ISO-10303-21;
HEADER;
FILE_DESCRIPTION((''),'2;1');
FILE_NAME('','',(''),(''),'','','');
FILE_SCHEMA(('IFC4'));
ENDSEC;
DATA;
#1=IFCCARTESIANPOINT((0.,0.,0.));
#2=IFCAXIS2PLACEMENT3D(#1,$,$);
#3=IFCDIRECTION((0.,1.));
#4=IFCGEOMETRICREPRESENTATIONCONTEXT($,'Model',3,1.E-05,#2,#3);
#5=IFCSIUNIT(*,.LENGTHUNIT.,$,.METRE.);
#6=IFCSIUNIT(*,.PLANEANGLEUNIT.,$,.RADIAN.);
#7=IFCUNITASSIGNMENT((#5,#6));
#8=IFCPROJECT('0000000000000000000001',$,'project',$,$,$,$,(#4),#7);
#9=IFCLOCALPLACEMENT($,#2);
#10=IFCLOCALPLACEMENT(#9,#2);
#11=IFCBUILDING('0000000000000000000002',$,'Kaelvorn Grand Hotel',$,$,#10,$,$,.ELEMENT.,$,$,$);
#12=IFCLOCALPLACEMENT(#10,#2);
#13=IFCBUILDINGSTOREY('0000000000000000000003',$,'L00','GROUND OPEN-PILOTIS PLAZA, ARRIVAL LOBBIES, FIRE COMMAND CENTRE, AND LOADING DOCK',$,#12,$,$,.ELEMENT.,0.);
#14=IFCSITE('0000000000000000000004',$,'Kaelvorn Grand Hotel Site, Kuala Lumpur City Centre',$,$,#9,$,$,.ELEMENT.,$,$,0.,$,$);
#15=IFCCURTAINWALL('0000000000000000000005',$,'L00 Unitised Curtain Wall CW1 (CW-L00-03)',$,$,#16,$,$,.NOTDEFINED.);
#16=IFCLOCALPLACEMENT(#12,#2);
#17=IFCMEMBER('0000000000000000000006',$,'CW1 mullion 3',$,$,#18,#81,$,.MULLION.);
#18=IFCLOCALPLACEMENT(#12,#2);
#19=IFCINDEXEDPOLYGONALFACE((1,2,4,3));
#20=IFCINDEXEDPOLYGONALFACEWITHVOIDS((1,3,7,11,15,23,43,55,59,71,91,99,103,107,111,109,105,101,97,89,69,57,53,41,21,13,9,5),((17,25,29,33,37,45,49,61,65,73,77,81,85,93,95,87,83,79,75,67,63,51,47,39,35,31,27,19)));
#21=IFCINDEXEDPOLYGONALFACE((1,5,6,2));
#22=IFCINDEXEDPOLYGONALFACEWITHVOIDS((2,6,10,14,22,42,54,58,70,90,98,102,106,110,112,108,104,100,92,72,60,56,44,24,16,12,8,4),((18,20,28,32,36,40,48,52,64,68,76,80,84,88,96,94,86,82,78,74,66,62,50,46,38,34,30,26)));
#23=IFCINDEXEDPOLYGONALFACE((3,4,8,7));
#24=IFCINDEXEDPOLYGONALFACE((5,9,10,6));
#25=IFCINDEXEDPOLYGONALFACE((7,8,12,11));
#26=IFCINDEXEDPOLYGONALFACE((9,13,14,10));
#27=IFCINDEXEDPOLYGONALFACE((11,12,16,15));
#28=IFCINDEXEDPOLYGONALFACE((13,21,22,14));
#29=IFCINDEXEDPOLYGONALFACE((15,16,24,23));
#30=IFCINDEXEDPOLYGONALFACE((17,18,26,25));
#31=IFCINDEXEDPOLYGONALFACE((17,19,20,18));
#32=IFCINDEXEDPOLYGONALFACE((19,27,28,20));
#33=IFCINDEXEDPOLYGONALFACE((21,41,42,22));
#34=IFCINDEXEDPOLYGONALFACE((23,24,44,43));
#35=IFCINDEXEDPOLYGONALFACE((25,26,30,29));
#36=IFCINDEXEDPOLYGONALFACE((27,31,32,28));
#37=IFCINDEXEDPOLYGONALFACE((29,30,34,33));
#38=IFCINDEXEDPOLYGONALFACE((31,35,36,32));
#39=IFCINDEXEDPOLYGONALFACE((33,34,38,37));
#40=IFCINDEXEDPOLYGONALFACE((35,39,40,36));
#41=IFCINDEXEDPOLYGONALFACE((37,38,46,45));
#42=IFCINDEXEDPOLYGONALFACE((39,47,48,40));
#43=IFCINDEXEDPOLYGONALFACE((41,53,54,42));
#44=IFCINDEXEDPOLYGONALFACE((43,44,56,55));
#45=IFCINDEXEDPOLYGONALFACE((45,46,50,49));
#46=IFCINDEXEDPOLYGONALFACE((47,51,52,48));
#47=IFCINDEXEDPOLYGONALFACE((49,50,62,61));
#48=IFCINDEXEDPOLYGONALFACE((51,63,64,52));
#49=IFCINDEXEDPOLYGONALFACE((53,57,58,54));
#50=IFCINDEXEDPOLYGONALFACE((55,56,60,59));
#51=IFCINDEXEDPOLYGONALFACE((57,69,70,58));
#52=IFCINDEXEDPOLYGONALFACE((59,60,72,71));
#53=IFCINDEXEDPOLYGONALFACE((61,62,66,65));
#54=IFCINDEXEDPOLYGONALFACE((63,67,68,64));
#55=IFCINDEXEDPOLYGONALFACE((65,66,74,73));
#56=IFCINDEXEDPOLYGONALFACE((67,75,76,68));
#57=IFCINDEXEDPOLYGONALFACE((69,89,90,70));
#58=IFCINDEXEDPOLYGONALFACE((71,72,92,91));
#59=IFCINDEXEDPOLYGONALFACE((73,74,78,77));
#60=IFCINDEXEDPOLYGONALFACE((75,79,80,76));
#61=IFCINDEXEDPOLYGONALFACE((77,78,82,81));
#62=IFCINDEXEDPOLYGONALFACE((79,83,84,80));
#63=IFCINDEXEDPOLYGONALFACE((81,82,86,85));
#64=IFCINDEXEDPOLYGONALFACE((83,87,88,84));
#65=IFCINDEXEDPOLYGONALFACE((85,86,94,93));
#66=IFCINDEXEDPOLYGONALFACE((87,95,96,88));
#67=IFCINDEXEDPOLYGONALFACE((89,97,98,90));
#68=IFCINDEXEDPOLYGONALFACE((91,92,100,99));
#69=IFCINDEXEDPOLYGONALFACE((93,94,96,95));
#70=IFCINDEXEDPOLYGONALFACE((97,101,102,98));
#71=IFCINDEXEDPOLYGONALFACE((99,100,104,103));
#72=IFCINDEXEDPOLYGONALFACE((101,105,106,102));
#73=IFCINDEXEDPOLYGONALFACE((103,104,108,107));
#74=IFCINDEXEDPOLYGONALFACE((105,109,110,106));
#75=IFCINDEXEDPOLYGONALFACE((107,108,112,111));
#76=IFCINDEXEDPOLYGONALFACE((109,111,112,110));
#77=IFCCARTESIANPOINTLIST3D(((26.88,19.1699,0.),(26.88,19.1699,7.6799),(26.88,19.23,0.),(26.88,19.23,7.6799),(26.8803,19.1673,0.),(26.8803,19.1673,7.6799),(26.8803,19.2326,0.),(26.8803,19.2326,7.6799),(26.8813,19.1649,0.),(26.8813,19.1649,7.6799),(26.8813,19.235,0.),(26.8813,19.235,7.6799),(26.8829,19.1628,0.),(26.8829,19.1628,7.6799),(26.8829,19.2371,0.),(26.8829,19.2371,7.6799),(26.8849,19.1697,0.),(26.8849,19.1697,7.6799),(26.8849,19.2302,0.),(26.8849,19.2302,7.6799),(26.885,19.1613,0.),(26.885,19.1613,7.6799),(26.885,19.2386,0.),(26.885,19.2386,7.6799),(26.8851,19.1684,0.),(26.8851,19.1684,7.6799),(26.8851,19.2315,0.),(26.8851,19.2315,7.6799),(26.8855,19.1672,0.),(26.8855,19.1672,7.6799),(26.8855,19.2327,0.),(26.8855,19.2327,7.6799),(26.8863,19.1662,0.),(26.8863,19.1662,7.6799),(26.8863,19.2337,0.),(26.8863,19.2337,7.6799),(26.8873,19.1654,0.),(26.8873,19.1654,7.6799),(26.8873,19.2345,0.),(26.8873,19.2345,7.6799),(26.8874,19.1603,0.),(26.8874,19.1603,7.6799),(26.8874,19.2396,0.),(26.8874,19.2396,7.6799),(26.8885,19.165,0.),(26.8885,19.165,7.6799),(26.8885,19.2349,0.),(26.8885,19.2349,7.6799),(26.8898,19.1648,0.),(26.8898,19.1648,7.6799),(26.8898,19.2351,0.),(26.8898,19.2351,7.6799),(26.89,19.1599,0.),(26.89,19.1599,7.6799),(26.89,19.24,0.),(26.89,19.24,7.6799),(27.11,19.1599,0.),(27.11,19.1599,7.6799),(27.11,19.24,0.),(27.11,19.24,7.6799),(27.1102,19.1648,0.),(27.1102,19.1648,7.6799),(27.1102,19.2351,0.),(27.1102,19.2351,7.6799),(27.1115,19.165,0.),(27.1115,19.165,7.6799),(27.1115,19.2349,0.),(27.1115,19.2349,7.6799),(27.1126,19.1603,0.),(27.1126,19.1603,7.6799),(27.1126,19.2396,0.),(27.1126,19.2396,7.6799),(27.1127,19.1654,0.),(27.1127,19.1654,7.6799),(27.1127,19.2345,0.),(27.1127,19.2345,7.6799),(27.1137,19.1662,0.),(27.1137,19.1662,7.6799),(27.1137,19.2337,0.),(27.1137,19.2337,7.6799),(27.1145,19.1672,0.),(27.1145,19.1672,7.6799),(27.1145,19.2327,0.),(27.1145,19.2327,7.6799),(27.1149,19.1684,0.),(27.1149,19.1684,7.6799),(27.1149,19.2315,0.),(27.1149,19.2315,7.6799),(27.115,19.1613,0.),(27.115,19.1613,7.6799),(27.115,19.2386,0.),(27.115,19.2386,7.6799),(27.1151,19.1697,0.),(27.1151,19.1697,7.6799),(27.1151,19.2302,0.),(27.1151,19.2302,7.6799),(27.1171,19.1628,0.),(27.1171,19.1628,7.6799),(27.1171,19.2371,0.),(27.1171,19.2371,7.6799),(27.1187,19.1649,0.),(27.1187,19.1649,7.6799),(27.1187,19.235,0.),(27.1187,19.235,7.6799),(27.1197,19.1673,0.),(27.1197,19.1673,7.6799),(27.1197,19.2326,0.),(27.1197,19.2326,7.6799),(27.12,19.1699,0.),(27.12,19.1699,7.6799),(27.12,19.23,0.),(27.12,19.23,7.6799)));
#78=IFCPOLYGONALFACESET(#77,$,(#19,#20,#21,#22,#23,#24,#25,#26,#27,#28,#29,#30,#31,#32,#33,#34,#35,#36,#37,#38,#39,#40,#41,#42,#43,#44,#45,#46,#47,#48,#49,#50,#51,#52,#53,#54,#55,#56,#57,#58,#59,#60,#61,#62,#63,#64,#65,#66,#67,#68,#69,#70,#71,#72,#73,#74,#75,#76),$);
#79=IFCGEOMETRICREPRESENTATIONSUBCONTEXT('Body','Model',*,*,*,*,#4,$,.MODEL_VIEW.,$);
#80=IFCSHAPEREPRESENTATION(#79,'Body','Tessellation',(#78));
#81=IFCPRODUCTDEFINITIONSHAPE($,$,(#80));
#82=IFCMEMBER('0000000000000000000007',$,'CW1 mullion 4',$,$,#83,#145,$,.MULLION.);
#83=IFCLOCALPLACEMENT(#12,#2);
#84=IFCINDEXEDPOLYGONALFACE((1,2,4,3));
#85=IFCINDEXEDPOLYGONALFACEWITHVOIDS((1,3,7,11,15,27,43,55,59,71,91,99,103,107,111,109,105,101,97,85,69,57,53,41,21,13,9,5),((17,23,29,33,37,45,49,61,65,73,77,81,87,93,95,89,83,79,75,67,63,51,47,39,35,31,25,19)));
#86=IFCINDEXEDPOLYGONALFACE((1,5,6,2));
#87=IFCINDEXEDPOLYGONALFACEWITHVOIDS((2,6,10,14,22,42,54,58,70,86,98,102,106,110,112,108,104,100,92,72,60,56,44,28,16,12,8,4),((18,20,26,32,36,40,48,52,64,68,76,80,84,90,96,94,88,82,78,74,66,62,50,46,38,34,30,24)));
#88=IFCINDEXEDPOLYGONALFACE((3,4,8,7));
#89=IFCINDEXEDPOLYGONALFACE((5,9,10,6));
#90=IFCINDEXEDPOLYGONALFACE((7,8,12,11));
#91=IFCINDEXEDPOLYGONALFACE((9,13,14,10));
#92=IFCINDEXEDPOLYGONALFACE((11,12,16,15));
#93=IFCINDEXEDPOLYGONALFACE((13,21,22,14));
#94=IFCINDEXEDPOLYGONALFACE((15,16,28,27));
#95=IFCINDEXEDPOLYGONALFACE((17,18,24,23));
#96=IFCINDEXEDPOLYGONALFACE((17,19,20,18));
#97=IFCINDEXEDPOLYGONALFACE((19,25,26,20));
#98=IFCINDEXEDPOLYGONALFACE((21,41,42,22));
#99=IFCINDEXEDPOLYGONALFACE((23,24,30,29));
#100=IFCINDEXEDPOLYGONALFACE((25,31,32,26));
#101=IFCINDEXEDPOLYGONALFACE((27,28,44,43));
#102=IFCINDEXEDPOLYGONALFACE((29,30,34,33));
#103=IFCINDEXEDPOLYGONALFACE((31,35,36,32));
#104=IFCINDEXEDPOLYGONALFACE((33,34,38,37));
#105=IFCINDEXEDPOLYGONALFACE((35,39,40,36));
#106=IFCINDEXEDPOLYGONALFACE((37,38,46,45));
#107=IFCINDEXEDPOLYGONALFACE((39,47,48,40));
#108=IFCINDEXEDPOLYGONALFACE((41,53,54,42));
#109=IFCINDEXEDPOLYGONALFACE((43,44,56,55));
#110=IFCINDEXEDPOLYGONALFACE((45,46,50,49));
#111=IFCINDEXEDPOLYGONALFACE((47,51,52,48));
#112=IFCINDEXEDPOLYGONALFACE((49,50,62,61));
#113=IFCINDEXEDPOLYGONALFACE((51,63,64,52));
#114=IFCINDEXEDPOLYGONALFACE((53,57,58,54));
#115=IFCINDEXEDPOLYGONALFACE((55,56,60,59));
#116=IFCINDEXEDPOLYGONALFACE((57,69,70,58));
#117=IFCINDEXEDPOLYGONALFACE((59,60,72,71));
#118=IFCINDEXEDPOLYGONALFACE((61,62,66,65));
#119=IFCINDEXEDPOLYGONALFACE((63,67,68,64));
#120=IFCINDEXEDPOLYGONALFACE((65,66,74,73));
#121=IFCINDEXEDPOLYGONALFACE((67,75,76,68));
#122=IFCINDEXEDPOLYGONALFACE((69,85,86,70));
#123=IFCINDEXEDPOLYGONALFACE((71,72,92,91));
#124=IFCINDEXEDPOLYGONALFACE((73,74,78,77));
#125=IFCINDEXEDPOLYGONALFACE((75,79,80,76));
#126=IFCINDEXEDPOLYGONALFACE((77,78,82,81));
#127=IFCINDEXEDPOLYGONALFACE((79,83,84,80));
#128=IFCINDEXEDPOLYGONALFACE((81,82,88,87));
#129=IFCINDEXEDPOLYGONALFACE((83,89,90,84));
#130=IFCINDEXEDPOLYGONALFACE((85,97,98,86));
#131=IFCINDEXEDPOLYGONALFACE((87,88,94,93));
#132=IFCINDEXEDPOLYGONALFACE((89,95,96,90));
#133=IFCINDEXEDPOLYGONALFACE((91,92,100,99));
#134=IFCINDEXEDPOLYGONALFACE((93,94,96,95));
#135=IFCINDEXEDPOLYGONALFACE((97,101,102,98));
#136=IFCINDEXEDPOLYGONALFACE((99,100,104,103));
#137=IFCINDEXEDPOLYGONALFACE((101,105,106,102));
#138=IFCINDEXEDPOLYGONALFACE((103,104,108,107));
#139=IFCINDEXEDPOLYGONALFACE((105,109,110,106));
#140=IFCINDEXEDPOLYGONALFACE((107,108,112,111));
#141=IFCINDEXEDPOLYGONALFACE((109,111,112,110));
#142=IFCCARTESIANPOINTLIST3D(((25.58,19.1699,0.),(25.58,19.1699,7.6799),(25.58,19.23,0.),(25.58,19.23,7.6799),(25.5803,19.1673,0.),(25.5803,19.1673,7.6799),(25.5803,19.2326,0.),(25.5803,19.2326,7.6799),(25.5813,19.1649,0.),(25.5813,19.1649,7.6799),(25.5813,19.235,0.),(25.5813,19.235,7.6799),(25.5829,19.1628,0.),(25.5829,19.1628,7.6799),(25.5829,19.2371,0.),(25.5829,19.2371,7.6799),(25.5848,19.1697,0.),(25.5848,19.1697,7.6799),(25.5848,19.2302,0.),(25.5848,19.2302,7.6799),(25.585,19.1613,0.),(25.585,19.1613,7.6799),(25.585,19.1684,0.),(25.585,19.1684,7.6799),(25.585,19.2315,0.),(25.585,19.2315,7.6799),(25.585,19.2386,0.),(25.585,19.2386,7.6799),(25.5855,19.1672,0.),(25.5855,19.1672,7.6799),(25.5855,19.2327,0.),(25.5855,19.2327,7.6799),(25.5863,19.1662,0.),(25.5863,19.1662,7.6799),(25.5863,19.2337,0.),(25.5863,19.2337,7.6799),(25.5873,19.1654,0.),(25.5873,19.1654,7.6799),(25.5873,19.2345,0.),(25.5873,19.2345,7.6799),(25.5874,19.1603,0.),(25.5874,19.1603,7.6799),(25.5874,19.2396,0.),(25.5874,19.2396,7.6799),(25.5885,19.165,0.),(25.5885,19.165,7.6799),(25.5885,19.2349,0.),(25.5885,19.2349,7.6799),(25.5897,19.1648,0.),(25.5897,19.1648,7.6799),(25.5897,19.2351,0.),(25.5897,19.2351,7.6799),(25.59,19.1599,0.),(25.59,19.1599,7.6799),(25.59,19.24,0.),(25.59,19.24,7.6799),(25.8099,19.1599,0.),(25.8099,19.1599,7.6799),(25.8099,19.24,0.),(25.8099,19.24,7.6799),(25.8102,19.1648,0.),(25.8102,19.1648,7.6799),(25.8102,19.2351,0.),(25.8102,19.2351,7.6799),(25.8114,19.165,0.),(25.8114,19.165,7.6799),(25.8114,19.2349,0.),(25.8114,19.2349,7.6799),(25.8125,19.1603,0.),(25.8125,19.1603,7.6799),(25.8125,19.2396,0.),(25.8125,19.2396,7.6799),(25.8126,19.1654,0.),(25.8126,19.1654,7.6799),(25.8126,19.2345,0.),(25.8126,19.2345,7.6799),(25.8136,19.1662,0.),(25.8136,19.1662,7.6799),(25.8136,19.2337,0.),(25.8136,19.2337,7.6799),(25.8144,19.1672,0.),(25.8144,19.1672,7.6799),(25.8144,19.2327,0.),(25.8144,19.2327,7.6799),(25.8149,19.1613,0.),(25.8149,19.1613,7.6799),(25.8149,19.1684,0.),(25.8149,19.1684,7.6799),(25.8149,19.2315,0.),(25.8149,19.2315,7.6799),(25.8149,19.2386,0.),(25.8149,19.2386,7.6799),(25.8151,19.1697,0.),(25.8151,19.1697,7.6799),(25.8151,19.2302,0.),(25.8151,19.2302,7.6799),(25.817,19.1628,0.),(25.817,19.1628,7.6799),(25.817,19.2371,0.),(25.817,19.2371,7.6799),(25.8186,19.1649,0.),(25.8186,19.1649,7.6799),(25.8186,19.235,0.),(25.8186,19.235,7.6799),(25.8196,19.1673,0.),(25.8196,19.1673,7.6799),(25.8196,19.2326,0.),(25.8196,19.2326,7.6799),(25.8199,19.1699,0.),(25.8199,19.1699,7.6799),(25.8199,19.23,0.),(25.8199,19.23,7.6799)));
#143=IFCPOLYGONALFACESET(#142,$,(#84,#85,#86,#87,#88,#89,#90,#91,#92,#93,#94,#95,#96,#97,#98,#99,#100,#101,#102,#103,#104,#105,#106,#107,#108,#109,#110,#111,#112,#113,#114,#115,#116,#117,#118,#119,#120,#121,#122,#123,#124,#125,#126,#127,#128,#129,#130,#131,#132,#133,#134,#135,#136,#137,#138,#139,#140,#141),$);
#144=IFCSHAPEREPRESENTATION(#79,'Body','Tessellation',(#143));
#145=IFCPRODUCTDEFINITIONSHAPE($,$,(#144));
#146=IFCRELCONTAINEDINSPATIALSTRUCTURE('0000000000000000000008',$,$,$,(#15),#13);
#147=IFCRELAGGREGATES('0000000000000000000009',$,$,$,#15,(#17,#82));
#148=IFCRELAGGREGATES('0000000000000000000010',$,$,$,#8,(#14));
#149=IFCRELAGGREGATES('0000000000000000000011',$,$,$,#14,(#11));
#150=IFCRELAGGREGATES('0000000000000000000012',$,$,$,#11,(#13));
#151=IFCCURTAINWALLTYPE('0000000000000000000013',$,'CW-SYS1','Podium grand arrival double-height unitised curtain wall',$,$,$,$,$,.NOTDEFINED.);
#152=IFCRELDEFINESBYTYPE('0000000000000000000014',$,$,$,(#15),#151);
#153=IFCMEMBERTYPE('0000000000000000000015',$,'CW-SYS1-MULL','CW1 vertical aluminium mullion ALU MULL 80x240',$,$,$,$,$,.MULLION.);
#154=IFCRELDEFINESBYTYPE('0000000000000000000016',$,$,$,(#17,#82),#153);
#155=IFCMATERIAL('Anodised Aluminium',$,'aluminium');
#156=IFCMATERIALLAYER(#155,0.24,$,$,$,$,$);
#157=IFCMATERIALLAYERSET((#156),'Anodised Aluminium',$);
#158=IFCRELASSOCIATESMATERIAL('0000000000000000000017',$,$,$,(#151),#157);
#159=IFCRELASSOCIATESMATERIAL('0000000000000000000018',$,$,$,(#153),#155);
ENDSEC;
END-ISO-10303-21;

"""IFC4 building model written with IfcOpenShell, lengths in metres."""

from ifc_helpers import new_model, si_unit, direction, frame, origin, origin_2d, place, context, subcontext, project, spatial, hollow_rectangle, extrude, material, layer, layer_set, material_profile, profile_set, type_object, element, aggregate, save


model = new_model("IFC4")

# Units and contexts
model_context = context("Model", 3, precision=1e-05, world=origin(), true_north=direction((0.0, 1.0)))
body_context = subcontext(model_context, "Body", "Model", "MODEL_VIEW")
ifc_project = project(units=[si_unit("LENGTHUNIT", "METRE"), si_unit("PLANEANGLEUNIT", "RADIAN")], contexts=[model_context])

# Site, building, storey
site_placement = place(None, origin())
site = spatial("IfcSite", under=ifc_project, at=site_placement, Name="Kaelvorn Grand Hotel Site, Kuala Lumpur City Centre", CompositionType="ELEMENT", RefElevation=0.0)
building_placement = place(site_placement, origin())
building = spatial("IfcBuilding", under=site, at=building_placement, Name="Kaelvorn Grand Hotel", CompositionType="ELEMENT")
storey_placement = place(building_placement, origin())
storey = spatial("IfcBuildingStorey", under=building, at=storey_placement, Name="L00", Description="GROUND OPEN-PILOTIS PLAZA, ARRIVAL LOBBIES, FIRE COMMAND CENTRE, AND LOADING DOCK", CompositionType="ELEMENT", Elevation=0.0)

# Curtain wall, members
ifc_material_1 = material(Name="Anodised Aluminium", Category="aluminium")
ifc_layer_1 = layer(ifc_material_1, 0.24)
ifc_layer_set_1 = layer_set([ifc_layer_1], Name="Anodised Aluminium")
curtain_wall_type = type_object("IfcCurtainWallType", Name="CW-SYS1", Description="Podium grand arrival double-height unitised curtain wall", PredefinedType="NOTDEFINED", material=ifc_layer_set_1)
curtain_wall_placement = place(storey_placement, origin())
curtain_wall = element("IfcCurtainWall", 1, at=curtain_wall_placement, inside=storey, type_object=curtain_wall_type, Name="L00 Unitised Curtain Wall CW1 (CW-L00-03)", PredefinedType="NOTDEFINED")
ifc_material_profile_1 = material_profile(ifc_material_1, hollow_rectangle(XDim=0.0801, YDim=0.24, WallThickness=0.0049, InnerFilletRadius=0.0049, OuterFilletRadius=0.01, at=origin_2d()), Name="ALU MULL 80x240")
ifc_profile_set_1 = profile_set([ifc_material_profile_1], Name="Anodised Aluminium")
member_type_1 = type_object("IfcMemberType", Name="CW-SYS1-MULL", Description="CW1 vertical aluminium mullion ALU MULL 80x240", PredefinedType="MULLION", material=ifc_profile_set_1)
member_1_placement = place(storey_placement, frame((27.0, 19.2, 0.0), z_axis=(0.0, 0.0, 1.0), x_axis=(0.0, -1.0, 0.0)))
member_1 = element("IfcMember", 2, at=member_1_placement, type_object=member_type_1, Name="CW1 mullion 3", PredefinedType="MULLION", context=body_context, shape_type="SweptSolid", body=[
    extrude(hollow_rectangle(XDim=0.0801, YDim=0.24, WallThickness=0.0049, InnerFilletRadius=0.0049, OuterFilletRadius=0.01, at=origin_2d()), origin(), (0.0, 0.0, 1.0), 7.6799),
])
member_2_placement = place(storey_placement, frame((25.7, 19.2, 0.0), z_axis=(0.0, 0.0, 1.0), x_axis=(0.0, -1.0, 0.0)))
member_2 = element("IfcMember", 3, at=member_2_placement, type_object=member_type_1, Name="CW1 mullion 4", PredefinedType="MULLION", context=body_context, shape_type="SweptSolid", body=[
    extrude(hollow_rectangle(XDim=0.0801, YDim=0.24, WallThickness=0.0049, InnerFilletRadius=0.0049, OuterFilletRadius=0.01, at=origin_2d()), origin(), (0.0, 0.0, 1.0), 7.6799),
])
aggregate(curtain_wall, [member_1, member_2])

save(model, "model.ifc")
